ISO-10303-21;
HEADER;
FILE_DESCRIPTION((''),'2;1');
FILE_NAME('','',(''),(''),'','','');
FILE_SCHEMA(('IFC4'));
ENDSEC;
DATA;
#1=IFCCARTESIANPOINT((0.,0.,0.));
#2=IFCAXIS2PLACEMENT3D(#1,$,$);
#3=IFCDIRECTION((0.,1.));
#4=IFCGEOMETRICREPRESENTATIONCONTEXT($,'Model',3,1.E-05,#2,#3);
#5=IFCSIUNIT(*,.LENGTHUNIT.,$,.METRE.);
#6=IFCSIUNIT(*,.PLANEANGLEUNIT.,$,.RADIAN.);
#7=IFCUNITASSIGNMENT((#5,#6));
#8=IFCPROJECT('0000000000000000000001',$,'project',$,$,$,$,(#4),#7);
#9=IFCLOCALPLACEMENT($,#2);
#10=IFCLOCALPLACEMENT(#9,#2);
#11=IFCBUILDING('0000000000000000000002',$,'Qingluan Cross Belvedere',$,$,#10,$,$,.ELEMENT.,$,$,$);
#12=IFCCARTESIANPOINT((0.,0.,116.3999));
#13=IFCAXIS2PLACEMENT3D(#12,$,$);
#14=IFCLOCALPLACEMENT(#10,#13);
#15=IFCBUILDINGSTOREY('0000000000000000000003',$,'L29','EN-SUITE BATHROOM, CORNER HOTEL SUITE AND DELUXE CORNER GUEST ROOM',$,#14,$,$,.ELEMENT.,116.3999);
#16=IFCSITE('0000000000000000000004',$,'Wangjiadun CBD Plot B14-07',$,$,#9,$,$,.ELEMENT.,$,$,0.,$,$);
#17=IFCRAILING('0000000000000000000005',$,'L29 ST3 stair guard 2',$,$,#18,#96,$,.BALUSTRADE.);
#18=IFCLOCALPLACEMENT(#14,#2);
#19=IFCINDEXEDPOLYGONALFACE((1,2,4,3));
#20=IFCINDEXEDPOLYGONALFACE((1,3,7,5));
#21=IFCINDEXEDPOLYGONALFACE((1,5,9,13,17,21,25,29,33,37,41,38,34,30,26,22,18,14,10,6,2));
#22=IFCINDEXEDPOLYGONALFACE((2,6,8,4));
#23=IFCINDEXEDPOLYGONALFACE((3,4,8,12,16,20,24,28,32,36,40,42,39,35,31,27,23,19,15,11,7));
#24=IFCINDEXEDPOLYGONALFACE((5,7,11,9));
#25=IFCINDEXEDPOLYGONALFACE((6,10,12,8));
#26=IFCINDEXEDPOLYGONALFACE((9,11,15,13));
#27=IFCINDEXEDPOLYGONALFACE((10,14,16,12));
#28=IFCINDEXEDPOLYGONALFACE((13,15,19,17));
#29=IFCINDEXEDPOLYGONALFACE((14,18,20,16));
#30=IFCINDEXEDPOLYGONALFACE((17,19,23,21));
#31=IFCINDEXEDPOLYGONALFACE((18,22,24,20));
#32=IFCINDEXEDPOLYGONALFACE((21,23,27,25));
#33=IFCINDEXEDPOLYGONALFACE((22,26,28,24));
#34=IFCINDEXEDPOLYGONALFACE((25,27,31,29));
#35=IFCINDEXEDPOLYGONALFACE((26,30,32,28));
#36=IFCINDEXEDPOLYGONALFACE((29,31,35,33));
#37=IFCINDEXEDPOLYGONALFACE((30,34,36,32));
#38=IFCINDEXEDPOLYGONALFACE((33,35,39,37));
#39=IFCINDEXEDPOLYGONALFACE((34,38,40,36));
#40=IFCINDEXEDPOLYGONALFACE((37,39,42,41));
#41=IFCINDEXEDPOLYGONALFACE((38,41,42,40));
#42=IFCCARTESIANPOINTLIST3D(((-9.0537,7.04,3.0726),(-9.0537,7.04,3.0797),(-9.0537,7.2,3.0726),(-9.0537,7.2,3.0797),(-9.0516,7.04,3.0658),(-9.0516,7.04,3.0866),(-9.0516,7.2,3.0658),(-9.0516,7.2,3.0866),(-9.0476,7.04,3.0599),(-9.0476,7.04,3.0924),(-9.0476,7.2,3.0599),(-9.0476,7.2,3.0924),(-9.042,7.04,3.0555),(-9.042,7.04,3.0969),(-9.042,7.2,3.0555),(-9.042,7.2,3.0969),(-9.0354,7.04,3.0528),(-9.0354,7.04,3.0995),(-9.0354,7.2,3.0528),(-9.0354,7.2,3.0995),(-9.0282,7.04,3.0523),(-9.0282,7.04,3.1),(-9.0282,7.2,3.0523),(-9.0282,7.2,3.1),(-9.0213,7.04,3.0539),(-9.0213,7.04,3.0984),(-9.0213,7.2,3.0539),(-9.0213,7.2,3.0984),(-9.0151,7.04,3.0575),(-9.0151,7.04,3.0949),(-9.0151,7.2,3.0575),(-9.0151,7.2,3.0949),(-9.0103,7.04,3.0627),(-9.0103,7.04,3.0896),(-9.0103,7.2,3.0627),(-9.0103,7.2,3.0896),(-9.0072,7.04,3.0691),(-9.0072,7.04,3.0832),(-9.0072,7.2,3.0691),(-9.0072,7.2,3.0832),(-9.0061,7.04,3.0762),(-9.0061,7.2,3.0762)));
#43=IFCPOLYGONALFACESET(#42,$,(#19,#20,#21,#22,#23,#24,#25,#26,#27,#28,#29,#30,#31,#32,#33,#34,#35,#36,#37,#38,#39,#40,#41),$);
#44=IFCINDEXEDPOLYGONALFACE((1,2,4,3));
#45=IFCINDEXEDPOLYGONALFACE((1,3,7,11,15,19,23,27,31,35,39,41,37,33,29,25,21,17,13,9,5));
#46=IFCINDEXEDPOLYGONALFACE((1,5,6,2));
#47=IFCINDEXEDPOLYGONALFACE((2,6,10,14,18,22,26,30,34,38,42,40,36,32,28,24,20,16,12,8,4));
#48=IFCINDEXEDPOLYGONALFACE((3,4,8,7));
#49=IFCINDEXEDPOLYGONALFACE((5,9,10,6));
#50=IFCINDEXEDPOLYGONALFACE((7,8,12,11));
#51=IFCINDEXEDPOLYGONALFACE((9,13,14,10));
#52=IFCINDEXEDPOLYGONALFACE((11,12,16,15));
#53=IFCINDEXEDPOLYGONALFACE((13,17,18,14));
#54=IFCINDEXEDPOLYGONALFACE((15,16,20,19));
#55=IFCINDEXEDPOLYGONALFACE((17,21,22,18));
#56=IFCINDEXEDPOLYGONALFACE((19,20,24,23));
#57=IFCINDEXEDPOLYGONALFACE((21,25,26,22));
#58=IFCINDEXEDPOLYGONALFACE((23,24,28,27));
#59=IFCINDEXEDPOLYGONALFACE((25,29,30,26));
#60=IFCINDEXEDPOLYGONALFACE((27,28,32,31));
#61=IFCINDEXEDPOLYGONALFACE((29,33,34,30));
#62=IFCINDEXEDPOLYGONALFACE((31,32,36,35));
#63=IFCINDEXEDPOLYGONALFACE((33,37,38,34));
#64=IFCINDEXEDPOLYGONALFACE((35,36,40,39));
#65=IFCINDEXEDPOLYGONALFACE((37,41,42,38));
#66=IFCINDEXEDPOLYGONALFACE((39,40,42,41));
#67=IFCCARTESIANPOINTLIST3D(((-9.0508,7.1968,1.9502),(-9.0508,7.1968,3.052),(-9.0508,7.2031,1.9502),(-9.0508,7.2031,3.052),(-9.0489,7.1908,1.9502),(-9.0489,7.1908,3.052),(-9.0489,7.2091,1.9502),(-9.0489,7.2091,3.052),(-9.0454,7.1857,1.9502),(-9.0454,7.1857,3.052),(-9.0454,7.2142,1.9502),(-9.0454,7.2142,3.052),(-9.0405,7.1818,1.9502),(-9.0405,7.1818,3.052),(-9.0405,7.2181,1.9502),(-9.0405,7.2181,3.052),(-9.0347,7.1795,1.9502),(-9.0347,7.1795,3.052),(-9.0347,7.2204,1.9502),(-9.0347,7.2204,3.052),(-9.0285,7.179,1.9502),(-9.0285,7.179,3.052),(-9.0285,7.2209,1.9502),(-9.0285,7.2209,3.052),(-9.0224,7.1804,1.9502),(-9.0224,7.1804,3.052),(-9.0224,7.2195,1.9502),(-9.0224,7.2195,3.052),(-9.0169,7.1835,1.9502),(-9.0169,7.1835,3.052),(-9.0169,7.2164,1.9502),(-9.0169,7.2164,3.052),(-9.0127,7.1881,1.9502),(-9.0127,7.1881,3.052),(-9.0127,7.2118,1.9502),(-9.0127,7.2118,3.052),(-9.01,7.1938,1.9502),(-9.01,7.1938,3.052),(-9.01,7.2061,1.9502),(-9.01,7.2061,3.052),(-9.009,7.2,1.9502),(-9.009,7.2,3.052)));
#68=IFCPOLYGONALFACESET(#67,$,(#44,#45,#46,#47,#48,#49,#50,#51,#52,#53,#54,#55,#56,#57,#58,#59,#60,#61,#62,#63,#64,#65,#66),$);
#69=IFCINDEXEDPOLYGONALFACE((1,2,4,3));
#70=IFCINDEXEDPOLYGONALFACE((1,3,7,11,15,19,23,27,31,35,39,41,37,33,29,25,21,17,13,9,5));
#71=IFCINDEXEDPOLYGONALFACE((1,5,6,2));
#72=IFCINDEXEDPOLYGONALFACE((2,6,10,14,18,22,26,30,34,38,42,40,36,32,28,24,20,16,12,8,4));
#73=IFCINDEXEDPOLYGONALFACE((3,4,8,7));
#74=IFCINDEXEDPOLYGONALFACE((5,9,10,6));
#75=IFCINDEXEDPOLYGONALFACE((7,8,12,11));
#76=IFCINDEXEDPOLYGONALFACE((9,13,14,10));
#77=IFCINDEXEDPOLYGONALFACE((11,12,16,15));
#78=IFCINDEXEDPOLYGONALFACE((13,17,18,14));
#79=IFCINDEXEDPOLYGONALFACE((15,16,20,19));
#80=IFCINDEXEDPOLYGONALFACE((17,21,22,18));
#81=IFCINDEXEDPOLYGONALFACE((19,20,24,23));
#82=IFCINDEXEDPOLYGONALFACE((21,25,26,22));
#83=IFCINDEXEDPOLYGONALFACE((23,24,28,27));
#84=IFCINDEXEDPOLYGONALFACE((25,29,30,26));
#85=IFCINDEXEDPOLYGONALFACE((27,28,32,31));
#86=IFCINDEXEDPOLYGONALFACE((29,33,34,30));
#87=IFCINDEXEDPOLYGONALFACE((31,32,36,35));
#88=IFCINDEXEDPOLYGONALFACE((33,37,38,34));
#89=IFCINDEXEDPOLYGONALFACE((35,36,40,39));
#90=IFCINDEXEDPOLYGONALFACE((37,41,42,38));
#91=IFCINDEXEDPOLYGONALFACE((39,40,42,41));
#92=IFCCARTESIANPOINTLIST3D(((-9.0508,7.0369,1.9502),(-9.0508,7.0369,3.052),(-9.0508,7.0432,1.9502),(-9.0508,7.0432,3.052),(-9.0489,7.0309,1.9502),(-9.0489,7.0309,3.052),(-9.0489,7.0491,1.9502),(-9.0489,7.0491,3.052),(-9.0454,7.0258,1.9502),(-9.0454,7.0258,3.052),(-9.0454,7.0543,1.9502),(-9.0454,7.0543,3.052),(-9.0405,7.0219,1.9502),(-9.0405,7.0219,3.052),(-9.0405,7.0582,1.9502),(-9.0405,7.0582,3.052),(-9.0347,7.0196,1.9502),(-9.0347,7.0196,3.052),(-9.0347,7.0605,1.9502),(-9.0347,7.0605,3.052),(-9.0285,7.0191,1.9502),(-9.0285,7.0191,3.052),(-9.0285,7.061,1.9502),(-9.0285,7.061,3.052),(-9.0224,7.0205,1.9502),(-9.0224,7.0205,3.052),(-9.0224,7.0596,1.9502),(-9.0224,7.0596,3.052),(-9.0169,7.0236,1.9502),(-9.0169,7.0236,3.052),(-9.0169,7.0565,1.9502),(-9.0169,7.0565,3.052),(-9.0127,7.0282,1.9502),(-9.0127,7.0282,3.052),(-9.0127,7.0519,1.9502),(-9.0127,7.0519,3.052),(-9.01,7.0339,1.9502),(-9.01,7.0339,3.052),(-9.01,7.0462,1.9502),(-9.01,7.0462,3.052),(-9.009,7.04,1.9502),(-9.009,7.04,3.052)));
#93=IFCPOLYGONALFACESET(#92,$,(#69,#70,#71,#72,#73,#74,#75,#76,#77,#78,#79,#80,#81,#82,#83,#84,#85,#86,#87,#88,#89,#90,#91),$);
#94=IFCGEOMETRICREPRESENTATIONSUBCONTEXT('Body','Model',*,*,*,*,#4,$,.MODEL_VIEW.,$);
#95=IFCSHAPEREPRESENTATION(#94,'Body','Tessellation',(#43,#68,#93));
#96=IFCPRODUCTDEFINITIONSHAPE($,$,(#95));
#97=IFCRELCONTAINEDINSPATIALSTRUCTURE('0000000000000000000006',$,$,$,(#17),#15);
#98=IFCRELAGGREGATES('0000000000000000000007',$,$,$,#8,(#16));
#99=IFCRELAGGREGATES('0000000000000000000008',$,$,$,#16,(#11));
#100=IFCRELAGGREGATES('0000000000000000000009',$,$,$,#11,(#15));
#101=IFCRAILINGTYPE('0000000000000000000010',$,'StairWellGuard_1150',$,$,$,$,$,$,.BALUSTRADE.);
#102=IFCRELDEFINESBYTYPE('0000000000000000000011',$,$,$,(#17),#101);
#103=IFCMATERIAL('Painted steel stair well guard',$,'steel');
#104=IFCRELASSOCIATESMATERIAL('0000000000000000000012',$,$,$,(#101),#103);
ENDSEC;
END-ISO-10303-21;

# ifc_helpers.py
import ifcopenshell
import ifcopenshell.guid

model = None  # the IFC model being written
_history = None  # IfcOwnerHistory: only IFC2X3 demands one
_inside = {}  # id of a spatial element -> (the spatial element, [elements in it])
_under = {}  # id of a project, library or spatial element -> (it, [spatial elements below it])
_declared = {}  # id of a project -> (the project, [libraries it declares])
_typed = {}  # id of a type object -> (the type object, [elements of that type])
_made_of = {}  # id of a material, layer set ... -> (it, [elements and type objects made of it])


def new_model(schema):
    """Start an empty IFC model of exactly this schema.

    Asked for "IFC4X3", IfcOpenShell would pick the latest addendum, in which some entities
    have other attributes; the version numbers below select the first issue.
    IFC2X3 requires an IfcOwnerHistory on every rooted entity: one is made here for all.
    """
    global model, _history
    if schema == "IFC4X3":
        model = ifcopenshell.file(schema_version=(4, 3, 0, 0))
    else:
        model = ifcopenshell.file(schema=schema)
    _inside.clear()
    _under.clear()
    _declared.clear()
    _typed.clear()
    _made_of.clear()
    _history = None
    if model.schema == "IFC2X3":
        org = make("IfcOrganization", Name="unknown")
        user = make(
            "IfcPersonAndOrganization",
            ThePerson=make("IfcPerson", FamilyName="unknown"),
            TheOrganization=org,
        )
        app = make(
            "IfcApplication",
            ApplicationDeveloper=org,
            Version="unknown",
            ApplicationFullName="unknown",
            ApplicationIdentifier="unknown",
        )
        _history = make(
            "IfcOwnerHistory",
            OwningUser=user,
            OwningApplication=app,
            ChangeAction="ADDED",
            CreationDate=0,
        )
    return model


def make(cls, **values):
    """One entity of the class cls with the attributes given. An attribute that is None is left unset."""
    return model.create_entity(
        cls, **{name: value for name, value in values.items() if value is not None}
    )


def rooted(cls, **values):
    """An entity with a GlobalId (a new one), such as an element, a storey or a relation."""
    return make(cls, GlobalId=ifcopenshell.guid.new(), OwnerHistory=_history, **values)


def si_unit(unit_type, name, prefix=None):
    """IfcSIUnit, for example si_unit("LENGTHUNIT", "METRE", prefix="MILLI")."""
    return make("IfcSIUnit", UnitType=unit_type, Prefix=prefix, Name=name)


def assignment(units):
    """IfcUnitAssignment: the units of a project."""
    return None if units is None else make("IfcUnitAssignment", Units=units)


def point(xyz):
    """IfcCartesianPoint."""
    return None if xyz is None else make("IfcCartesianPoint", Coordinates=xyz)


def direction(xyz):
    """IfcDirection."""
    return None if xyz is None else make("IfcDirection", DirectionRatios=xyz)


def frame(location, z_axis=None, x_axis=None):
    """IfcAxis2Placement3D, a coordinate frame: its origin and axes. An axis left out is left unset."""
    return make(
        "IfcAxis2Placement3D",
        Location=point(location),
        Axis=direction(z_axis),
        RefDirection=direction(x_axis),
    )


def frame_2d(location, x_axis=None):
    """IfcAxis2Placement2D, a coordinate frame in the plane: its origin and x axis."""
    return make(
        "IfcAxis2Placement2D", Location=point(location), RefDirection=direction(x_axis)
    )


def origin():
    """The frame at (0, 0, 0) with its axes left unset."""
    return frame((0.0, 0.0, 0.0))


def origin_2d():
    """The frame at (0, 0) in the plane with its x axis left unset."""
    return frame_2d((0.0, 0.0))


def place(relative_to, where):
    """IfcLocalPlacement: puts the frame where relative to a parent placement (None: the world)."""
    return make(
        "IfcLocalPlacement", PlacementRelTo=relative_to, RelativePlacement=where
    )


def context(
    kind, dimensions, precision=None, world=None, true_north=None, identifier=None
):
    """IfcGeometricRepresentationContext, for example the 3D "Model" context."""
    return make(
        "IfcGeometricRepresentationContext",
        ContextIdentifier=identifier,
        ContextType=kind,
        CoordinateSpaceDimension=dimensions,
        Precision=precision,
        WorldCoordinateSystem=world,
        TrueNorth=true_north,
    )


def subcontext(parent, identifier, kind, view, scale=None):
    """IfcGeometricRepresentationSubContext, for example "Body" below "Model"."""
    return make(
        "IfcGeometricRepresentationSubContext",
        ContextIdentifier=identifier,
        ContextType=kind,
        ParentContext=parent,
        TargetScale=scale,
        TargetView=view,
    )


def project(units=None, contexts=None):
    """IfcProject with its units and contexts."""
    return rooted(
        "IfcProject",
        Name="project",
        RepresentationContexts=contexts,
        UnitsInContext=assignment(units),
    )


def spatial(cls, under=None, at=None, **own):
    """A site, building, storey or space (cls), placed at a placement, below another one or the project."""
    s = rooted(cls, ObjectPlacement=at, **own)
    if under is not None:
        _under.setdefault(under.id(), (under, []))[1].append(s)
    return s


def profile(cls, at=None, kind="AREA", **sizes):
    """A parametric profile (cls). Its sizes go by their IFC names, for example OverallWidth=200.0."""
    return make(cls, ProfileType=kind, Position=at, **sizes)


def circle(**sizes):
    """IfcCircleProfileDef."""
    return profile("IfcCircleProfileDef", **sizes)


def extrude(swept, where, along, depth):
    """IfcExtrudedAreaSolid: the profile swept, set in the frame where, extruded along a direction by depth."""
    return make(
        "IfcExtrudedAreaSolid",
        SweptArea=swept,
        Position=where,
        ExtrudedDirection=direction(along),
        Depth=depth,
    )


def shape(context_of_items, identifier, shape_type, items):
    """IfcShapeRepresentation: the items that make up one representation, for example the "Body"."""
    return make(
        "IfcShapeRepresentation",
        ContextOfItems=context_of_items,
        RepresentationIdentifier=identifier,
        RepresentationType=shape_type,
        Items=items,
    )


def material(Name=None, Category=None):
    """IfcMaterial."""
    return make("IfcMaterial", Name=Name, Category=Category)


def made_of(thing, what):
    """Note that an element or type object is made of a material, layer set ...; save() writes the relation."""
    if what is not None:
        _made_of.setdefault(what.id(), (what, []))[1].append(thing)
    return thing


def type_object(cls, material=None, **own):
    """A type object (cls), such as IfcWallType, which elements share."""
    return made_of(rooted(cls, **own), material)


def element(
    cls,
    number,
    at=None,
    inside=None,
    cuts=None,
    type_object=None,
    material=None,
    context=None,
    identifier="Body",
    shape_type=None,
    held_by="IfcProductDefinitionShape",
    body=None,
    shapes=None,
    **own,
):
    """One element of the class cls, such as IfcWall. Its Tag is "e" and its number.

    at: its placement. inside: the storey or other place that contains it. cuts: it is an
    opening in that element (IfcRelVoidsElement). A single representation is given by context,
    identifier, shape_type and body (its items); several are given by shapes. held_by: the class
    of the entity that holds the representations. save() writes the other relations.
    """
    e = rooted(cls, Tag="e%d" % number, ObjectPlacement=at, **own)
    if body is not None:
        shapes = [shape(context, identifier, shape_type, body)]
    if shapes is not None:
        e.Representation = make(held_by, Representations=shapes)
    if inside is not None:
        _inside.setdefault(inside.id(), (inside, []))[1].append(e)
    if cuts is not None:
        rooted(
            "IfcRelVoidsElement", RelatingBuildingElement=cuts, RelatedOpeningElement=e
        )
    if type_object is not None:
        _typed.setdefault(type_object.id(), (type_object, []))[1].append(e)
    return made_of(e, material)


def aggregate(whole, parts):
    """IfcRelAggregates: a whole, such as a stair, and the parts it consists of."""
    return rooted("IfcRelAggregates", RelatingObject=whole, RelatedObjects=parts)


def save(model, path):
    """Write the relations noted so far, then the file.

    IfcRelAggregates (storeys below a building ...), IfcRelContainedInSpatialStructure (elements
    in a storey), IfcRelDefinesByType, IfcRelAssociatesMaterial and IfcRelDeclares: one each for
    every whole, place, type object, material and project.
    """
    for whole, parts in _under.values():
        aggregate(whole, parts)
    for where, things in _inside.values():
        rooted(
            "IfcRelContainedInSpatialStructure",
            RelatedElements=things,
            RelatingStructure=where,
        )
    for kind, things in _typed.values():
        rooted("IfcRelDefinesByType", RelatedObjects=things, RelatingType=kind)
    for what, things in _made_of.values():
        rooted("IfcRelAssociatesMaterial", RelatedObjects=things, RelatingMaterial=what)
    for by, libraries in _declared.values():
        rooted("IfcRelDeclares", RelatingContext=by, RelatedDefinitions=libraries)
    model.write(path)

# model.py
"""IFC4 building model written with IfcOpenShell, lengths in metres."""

from ifc_helpers import new_model, si_unit, direction, frame, origin, origin_2d, place, context, subcontext, project, spatial, circle, extrude, material, type_object, element, save


model = new_model("IFC4")

# Units and contexts
model_context = context("Model", 3, precision=1e-05, world=origin(), true_north=direction((0.0, 1.0)))
body_context = subcontext(model_context, "Body", "Model", "MODEL_VIEW")
ifc_project = project(units=[si_unit("LENGTHUNIT", "METRE"), si_unit("PLANEANGLEUNIT", "RADIAN")], contexts=[model_context])

# Site, building, storey
site_placement = place(None, origin())
site = spatial("IfcSite", under=ifc_project, at=site_placement, Name="Wangjiadun CBD Plot B14-07", CompositionType="ELEMENT", RefElevation=0.0)
building_placement = place(site_placement, origin())
building = spatial("IfcBuilding", under=site, at=building_placement, Name="Qingluan Cross Belvedere", CompositionType="ELEMENT")
storey_placement = place(building_placement, frame((0.0, 0.0, 116.3999)))
storey = spatial("IfcBuildingStorey", under=building, at=storey_placement, Name="L29", Description="EN-SUITE BATHROOM, CORNER HOTEL SUITE AND DELUXE CORNER GUEST ROOM", CompositionType="ELEMENT", Elevation=116.3999)

# Railing
ifc_material_1 = material(Name="Painted steel stair well guard", Category="steel")
railing_type_1 = type_object("IfcRailingType", Name="StairWellGuard_1150", PredefinedType="BALUSTRADE", material=ifc_material_1)
railing_1_placement = place(storey_placement, frame((-9.03, 7.2, 1.9502)))
element("IfcRailing", 1, at=railing_1_placement, inside=storey, type_object=railing_type_1, Name="L29 ST3 stair guard 2", PredefinedType="BALUSTRADE", context=body_context, shape_type="SweptSolid", body=[
    extrude(circle(Radius=0.0239, at=origin_2d()), frame((0.0, 0.0, 1.126), z_axis=(0.0, -1.0, 0.0), x_axis=(1.0, 0.0, 0.0)), (0.0, 0.0, 1.0), 0.1599),
    extrude(circle(Radius=0.021, at=origin_2d()), origin(), (0.0, 0.0, 1.0), 1.1018),
    extrude(circle(Radius=0.021, at=origin_2d()), frame((0.0, -0.1599, 0.0)), (0.0, 0.0, 1.0), 1.1018),
])

save(model, "model.ifc")
